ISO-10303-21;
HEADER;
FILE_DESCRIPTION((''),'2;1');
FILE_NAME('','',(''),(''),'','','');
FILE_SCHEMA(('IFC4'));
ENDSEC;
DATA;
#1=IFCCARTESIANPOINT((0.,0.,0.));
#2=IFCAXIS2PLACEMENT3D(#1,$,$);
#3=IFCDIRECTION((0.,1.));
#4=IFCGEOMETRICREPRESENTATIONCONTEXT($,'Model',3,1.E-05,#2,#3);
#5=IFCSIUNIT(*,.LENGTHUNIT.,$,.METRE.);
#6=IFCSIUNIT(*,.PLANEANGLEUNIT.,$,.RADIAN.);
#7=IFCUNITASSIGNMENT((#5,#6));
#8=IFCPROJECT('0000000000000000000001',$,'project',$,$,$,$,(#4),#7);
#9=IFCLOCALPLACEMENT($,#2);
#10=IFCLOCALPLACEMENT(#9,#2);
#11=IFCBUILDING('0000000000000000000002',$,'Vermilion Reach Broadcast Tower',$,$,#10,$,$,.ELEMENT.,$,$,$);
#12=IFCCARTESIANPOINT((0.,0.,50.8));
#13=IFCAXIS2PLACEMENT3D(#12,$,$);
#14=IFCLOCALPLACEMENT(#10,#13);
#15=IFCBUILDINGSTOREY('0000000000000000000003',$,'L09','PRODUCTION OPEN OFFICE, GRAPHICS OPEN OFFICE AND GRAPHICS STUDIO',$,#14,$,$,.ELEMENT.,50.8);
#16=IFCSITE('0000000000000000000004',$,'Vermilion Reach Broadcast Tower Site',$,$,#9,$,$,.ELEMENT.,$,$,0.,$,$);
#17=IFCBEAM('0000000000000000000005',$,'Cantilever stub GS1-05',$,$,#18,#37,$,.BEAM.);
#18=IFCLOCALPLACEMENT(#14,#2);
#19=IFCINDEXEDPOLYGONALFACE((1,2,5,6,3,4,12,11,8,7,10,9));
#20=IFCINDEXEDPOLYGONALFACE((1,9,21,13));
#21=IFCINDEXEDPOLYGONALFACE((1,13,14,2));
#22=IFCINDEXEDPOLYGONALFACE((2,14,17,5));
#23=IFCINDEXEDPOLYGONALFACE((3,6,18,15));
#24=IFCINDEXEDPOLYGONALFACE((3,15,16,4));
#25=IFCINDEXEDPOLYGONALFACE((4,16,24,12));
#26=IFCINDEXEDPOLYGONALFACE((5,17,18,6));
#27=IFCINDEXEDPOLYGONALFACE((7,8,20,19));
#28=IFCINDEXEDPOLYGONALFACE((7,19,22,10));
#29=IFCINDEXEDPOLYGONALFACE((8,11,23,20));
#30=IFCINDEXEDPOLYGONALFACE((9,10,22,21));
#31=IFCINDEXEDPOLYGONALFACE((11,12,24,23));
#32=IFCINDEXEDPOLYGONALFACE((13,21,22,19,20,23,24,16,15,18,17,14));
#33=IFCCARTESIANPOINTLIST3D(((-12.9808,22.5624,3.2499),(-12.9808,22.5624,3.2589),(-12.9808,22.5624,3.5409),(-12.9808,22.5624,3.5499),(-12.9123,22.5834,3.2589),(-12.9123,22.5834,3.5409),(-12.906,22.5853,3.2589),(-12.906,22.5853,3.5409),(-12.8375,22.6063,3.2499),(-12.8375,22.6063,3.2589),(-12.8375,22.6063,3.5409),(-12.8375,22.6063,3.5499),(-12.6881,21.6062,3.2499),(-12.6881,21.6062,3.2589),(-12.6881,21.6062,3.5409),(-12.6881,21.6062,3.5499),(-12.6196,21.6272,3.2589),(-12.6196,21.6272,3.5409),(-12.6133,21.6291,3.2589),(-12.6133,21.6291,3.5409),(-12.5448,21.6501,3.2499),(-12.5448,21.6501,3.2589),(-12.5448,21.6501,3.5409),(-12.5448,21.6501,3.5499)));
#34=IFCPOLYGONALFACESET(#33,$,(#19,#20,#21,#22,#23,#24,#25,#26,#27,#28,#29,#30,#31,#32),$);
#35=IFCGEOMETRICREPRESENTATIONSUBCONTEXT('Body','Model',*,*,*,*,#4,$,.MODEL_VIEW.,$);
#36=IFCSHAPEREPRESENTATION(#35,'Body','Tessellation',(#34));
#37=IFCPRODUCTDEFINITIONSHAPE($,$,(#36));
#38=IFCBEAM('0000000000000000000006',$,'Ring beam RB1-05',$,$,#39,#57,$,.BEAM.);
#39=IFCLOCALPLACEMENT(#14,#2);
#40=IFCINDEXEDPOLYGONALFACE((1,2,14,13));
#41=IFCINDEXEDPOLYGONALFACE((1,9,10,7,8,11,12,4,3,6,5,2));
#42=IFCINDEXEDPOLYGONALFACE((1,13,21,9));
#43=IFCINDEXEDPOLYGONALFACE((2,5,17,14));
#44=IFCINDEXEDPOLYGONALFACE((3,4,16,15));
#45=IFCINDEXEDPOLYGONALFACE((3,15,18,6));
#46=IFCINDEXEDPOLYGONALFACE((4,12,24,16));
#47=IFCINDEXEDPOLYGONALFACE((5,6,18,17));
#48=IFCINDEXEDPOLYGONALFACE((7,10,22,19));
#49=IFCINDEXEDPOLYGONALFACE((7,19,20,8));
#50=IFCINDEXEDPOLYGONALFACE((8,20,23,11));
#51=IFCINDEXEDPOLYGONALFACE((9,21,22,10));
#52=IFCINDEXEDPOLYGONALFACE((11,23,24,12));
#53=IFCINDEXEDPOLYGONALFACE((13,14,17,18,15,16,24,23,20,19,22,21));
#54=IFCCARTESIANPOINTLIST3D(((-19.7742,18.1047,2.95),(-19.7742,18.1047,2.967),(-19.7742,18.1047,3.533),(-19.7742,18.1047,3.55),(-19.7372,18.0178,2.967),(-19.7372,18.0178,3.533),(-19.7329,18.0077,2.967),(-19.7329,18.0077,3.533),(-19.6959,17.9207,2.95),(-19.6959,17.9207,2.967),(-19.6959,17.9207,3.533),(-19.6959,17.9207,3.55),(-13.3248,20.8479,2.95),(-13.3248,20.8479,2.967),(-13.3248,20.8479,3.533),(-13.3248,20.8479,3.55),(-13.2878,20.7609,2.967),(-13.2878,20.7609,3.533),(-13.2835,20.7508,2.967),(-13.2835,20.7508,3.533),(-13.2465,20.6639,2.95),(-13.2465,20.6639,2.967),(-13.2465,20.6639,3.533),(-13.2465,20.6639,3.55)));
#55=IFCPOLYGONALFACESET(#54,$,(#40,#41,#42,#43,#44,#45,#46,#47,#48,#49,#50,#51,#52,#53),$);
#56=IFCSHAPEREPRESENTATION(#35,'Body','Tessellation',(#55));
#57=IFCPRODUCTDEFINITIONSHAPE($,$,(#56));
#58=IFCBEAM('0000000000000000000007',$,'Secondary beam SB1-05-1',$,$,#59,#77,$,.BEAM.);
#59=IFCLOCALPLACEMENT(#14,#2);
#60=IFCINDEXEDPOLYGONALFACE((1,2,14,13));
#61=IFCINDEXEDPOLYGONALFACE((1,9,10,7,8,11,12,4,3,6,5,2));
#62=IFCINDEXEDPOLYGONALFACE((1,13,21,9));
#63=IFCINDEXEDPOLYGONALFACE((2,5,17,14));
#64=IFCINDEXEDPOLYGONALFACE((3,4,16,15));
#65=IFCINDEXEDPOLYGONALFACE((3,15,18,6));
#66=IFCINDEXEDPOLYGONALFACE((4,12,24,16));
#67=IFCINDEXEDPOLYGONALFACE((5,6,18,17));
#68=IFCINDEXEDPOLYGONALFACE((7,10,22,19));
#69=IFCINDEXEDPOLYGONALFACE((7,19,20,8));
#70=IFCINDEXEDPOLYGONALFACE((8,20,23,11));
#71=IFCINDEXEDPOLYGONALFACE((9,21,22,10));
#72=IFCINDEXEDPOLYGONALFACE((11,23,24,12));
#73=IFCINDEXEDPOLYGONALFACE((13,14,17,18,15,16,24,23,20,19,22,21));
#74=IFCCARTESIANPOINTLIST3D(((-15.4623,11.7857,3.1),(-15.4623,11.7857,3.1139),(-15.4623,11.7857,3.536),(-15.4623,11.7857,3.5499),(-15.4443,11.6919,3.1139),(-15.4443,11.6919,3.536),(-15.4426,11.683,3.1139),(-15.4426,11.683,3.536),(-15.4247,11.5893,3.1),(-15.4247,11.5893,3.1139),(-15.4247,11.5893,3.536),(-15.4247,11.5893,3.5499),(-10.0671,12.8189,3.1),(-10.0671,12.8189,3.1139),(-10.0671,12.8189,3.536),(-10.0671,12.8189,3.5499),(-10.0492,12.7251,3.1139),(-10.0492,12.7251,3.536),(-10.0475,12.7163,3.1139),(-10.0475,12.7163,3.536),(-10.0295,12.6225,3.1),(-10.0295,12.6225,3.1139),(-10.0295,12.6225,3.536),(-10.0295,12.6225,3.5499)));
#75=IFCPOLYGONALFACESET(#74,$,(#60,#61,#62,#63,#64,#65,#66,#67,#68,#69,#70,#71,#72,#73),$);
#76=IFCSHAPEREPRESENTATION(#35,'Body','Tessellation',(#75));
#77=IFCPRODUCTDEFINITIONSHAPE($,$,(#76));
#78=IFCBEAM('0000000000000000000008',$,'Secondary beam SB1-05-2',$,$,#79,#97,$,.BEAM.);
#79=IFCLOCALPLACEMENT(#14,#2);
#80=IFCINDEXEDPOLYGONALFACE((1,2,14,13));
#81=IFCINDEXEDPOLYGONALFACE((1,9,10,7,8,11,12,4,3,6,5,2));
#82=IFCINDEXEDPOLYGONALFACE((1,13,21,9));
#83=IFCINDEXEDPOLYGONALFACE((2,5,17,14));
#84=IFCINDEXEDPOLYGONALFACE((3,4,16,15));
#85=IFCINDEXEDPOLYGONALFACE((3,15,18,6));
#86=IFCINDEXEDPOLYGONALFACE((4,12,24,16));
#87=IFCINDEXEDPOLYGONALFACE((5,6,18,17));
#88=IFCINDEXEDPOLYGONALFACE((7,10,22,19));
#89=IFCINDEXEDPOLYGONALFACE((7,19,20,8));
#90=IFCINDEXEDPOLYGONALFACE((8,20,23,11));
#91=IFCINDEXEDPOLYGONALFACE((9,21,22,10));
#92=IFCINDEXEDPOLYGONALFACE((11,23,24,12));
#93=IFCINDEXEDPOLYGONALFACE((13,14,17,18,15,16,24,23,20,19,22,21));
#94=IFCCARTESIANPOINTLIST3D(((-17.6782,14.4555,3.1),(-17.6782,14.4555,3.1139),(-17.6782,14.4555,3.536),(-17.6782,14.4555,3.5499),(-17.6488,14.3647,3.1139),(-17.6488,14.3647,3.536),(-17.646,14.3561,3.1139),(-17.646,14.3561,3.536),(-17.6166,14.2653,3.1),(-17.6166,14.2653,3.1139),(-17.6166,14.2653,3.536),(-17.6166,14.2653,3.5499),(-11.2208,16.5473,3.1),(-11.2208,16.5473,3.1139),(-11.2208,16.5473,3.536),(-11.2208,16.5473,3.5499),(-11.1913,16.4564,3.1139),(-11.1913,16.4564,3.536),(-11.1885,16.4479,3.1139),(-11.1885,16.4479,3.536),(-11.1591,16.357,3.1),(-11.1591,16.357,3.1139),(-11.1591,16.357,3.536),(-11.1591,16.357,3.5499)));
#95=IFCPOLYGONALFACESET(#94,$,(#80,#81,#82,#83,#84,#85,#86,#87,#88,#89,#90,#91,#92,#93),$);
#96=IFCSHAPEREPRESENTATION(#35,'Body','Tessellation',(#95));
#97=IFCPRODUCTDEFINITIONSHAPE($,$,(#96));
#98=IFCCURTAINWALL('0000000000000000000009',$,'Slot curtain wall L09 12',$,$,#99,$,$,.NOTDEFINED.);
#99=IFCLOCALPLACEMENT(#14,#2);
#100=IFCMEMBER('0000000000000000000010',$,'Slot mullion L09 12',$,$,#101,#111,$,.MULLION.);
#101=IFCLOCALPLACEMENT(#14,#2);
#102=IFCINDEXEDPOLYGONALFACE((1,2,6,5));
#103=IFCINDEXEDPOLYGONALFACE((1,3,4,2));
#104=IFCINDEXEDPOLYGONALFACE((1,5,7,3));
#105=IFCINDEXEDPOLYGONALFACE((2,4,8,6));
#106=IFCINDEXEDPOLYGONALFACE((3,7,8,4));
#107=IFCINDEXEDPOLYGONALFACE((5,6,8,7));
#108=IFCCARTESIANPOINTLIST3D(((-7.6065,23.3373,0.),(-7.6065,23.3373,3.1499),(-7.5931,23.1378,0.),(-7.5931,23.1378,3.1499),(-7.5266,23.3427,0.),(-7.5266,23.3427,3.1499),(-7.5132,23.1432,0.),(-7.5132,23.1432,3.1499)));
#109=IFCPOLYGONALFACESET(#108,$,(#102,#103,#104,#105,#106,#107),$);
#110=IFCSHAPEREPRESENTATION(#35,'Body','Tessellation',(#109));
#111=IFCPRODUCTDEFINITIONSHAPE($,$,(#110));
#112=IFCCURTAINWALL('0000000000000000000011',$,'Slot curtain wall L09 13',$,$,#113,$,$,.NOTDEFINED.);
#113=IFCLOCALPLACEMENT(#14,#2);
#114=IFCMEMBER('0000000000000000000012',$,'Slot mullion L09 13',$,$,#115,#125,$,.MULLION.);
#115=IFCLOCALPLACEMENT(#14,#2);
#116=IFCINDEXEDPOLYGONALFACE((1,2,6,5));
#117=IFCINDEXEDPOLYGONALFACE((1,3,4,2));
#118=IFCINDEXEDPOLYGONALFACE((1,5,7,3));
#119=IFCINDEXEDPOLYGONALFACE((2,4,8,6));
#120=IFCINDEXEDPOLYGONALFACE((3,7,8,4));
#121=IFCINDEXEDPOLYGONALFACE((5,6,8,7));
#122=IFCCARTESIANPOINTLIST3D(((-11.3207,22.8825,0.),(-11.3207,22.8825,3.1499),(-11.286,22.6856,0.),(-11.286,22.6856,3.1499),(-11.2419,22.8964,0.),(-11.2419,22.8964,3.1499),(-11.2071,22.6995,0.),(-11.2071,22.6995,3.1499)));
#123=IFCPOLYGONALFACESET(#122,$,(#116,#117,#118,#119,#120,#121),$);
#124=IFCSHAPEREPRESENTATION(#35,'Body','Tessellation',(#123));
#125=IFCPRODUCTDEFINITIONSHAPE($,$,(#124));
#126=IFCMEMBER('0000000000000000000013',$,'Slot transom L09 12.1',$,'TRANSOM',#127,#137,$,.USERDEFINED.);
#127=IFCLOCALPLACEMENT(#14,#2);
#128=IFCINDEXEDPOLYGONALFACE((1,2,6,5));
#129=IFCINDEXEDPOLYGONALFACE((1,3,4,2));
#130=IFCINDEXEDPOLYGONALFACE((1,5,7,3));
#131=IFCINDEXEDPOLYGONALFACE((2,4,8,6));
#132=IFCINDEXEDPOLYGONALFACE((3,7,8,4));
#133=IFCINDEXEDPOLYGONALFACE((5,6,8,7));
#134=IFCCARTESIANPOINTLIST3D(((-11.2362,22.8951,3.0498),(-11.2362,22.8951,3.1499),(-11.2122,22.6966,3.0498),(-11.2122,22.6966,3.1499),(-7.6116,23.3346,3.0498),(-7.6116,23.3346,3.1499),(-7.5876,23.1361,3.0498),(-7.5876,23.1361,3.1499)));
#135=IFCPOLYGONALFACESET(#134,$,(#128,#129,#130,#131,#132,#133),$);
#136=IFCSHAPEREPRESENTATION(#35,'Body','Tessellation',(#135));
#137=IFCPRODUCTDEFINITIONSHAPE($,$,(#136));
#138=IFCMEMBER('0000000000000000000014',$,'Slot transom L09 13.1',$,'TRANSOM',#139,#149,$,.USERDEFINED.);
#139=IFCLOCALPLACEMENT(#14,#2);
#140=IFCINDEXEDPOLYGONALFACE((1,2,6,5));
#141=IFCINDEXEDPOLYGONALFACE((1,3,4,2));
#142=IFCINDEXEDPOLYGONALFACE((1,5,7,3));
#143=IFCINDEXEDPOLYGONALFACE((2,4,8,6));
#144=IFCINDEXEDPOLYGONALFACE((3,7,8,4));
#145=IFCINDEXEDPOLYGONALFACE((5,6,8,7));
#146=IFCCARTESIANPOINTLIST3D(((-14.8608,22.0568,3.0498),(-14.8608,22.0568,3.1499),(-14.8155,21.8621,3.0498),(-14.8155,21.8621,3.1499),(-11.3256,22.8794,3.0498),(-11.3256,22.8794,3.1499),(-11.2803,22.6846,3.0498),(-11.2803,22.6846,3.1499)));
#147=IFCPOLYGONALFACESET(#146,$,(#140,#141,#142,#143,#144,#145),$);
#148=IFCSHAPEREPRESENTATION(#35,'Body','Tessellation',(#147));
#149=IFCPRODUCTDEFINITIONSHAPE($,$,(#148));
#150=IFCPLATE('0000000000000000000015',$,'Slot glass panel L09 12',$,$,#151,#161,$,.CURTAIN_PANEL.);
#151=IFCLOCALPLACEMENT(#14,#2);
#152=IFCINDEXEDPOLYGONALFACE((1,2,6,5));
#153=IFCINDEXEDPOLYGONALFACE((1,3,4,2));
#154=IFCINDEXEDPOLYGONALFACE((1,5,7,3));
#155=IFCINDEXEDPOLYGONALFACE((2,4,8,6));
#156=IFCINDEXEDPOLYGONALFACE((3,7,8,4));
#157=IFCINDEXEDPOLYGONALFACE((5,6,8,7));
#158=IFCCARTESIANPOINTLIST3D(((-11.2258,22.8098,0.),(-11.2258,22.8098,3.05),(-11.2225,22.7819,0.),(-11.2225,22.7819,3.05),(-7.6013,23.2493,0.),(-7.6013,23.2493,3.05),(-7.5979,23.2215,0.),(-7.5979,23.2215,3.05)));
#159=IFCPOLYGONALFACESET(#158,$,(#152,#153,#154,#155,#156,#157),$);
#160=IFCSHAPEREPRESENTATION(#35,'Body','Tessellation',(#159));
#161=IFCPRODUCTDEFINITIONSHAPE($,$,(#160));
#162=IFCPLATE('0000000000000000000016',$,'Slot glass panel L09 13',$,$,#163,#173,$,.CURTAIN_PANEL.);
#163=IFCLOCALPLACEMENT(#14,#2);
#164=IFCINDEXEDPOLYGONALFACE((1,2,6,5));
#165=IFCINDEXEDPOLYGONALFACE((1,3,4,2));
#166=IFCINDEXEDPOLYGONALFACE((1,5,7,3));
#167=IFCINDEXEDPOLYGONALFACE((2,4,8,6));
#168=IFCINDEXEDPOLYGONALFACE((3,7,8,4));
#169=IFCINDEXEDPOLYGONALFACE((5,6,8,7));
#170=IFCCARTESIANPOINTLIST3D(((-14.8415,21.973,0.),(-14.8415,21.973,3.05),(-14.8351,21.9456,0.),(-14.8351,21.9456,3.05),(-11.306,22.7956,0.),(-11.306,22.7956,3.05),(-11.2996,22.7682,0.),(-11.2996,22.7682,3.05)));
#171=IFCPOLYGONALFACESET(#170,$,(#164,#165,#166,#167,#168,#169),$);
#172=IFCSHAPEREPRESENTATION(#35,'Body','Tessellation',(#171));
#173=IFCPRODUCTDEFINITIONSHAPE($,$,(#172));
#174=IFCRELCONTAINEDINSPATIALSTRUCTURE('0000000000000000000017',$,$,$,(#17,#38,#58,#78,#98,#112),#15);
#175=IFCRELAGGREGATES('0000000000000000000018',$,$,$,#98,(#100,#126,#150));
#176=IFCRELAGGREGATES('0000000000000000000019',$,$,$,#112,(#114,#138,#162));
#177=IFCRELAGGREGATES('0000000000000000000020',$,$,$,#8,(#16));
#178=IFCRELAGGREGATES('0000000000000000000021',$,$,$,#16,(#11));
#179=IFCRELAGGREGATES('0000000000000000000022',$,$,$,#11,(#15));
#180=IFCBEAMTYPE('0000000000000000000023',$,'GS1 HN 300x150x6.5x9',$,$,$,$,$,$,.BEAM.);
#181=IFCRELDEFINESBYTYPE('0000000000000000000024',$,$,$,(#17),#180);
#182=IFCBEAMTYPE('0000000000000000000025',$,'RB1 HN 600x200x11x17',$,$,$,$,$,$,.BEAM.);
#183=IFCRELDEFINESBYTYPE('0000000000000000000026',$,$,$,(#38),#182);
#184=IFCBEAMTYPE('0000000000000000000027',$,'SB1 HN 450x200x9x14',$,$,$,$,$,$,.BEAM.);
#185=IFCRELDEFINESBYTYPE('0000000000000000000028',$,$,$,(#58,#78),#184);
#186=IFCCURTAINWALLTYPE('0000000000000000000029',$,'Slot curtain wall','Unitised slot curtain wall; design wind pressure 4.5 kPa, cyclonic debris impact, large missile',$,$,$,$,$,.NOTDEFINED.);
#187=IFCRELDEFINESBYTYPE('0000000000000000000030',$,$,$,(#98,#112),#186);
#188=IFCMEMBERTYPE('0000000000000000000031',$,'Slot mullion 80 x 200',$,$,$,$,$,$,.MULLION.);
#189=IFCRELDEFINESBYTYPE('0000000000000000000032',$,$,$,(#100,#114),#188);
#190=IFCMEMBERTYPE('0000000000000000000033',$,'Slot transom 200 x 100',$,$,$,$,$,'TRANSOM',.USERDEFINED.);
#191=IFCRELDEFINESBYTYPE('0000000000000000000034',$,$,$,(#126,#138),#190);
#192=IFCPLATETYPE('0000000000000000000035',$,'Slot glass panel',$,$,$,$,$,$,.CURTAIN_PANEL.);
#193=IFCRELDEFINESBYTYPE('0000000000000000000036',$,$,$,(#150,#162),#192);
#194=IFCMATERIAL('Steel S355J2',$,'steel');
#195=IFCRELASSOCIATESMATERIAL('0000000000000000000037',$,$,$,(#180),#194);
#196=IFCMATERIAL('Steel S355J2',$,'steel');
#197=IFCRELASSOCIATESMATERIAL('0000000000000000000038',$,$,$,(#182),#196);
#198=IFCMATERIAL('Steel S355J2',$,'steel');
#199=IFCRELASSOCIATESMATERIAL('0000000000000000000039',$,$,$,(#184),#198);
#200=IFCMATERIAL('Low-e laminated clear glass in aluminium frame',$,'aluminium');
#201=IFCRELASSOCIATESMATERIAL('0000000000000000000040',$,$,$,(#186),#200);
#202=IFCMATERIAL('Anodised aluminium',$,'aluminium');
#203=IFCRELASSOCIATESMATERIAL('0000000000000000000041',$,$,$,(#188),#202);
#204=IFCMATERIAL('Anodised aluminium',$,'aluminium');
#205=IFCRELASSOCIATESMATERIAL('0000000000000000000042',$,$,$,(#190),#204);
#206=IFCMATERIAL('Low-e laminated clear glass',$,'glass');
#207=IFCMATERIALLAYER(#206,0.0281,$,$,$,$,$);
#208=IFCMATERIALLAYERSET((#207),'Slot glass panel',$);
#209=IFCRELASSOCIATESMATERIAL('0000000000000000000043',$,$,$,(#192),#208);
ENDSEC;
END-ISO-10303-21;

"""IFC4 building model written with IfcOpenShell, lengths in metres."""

from ifc_helpers import new_model, si_unit, direction, frame, origin, origin_2d, place, context, subcontext, project, spatial, rectangle, i_section, extrude, material, layer, layer_set, material_profile, profile_set, type_object, element, aggregate, save


model = new_model("IFC4")

# Units and contexts
model_context = context("Model", 3, precision=1e-05, world=origin(), true_north=direction((0.0, 1.0)))
body_context = subcontext(model_context, "Body", "Model", "MODEL_VIEW")
ifc_project = project(units=[si_unit("LENGTHUNIT", "METRE"), si_unit("PLANEANGLEUNIT", "RADIAN")], contexts=[model_context])

# Site, building, storey
site_placement = place(None, origin())
site = spatial("IfcSite", under=ifc_project, at=site_placement, Name="Vermilion Reach Broadcast Tower Site", CompositionType="ELEMENT", RefElevation=0.0)
building_placement = place(site_placement, origin())
building = spatial("IfcBuilding", under=site, at=building_placement, Name="Vermilion Reach Broadcast Tower", CompositionType="ELEMENT")
storey_placement = place(building_placement, frame((0.0, 0.0, 50.8)))
storey = spatial("IfcBuildingStorey", under=building, at=storey_placement, Name="L09", Description="PRODUCTION OPEN OFFICE, GRAPHICS OPEN OFFICE AND GRAPHICS STUDIO", CompositionType="ELEMENT", Elevation=50.8)

# Beams
ifc_material_1 = material(Name="Steel S355J2", Category="steel")
ifc_material_profile_1 = material_profile(ifc_material_1, i_section(OverallWidth=0.1499, OverallDepth=0.3, WebThickness=0.0066, FlangeThickness=0.009, at=origin_2d()), Name="S355J2 HN 300x150x6.5x9")
ifc_profile_set_1 = profile_set([ifc_material_profile_1], Name="Steel S355J2")
beam_type_1 = type_object("IfcBeamType", Name="GS1 HN 300x150x6.5x9", PredefinedType="BEAM", material=ifc_profile_set_1)
beam_1_placement = place(storey_placement, frame((-12.6165, 21.6282, 3.3999), z_axis=(-0.292696, 0.956206, 0.0), x_axis=(-0.956206, -0.292696, 0.0)))
element("IfcBeam", 1, at=beam_1_placement, inside=storey, type_object=beam_type_1, Name="Cantilever stub GS1-05", PredefinedType="BEAM", context=body_context, shape_type="SweptSolid", body=[
    extrude(i_section(OverallWidth=0.1499, OverallDepth=0.3, WebThickness=0.0066, FlangeThickness=0.009, at=origin_2d()), origin(), (0.0, 0.0, 1.0), 1.0),
])
ifc_material_2 = material(Name="Steel S355J2", Category="steel")
ifc_material_profile_2 = material_profile(ifc_material_2, i_section(OverallWidth=0.2, OverallDepth=0.6001, WebThickness=0.011, FlangeThickness=0.0171, at=origin_2d()), Name="S355J2 HN 600x200x11x17")
ifc_profile_set_2 = profile_set([ifc_material_profile_2], Name="Steel S355J2")
beam_type_2 = type_object("IfcBeamType", Name="RB1 HN 600x200x11x17", PredefinedType="BEAM", material=ifc_profile_set_2)
beam_2_placement = place(storey_placement, frame((-13.2856, 20.7559, 3.25), z_axis=(-0.920221, -0.3914, 0.0), x_axis=(0.3914, -0.920221, 0.0)))
element("IfcBeam", 2, at=beam_2_placement, inside=storey, type_object=beam_type_2, Name="Ring beam RB1-05", PredefinedType="BEAM", context=body_context, shape_type="SweptSolid", body=[
    extrude(i_section(OverallWidth=0.2, OverallDepth=0.6001, WebThickness=0.011, FlangeThickness=0.0171, at=origin_2d()), origin(), (0.0, 0.0, 1.0), 7.0085),
])
ifc_material_3 = material(Name="Steel S355J2", Category="steel")
ifc_material_profile_3 = material_profile(ifc_material_3, i_section(OverallWidth=0.2, OverallDepth=0.45, WebThickness=0.009, FlangeThickness=0.0139, at=origin_2d()), Name="S355J2 HN 450x200x9x14")
ifc_profile_set_3 = profile_set([ifc_material_profile_3], Name="Steel S355J2")
beam_type_3 = type_object("IfcBeamType", Name="SB1 HN 450x200x9x14", PredefinedType="BEAM", material=ifc_profile_set_3)
beam_3_placement = place(storey_placement, frame((-10.0483, 12.7207, 3.325), z_axis=(-0.982151, -0.188092, 0.0), x_axis=(0.188092, -0.982151, 0.0)))
element("IfcBeam", 3, at=beam_3_placement, inside=storey, type_object=beam_type_3, Name="Secondary beam SB1-05-1", PredefinedType="BEAM", context=body_context, shape_type="SweptSolid", body=[
    extrude(i_section(OverallWidth=0.2, OverallDepth=0.45, WebThickness=0.009, FlangeThickness=0.0139, at=origin_2d()), origin(), (0.0, 0.0, 1.0), 5.4932),
])
beam_4_placement = place(storey_placement, frame((-11.1899, 16.4521, 3.325), z_axis=(-0.951332, -0.308167, 0.0), x_axis=(0.308167, -0.951332, 0.0)))
element("IfcBeam", 4, at=beam_4_placement, inside=storey, type_object=beam_type_3, Name="Secondary beam SB1-05-2", PredefinedType="BEAM", context=body_context, shape_type="SweptSolid", body=[
    extrude(i_section(OverallWidth=0.2, OverallDepth=0.45, WebThickness=0.009, FlangeThickness=0.0139, at=origin_2d()), origin(), (0.0, 0.0, 1.0), 6.7878),
])

# Curtain walls, members
ifc_material_4 = material(Name="Low-e laminated clear glass in aluminium frame", Category="aluminium")
curtain_wall_type = type_object("IfcCurtainWallType", Name="Slot curtain wall", Description="Unitised slot curtain wall; design wind pressure 4.5 kPa, cyclonic debris impact, large missile", PredefinedType="NOTDEFINED", material=ifc_material_4)
placement = place(storey_placement, origin())
curtain_wall_1 = element("IfcCurtainWall", 5, at=placement, inside=storey, type_object=curtain_wall_type, Name="Slot curtain wall L09 12", PredefinedType="NOTDEFINED")
ifc_material_5 = material(Name="Anodised aluminium", Category="aluminium")
ifc_material_profile_4 = material_profile(ifc_material_5, rectangle(XDim=0.2, YDim=0.0801, at=origin_2d()), Name="Slot mullion 80 x 200")
ifc_profile_set_4 = profile_set([ifc_material_profile_4], Name="Anodised aluminium")
member_type_1 = type_object("IfcMemberType", Name="Slot mullion 80 x 200", PredefinedType="MULLION", material=ifc_profile_set_4)
member_1_placement = place(storey_placement, frame((-7.5598, 23.2402, 0.0), z_axis=(0.0, 0.0, 1.0), x_axis=(0.066971, -0.997755, 0.0)))
member_1 = element("IfcMember", 6, at=member_1_placement, type_object=member_type_1, Name="Slot mullion L09 12", PredefinedType="MULLION", context=body_context, shape_type="SweptSolid", body=[
    extrude(rectangle(XDim=0.2, YDim=0.0801, at=origin_2d()), origin(), (0.0, 0.0, 1.0), 3.1499),
])
curtain_wall_2 = element("IfcCurtainWall", 7, at=placement, inside=storey, type_object=curtain_wall_type, Name="Slot curtain wall L09 13", PredefinedType="NOTDEFINED")
member_2_placement = place(storey_placement, frame((-11.2639, 22.791, 0.0), z_axis=(0.0, 0.0, 1.0), x_axis=(0.17375, -0.98479, 0.0)))
member_2 = element("IfcMember", 8, at=member_2_placement, type_object=member_type_1, Name="Slot mullion L09 13", PredefinedType="MULLION", context=body_context, shape_type="SweptSolid", body=[
    extrude(rectangle(XDim=0.2, YDim=0.0801, at=origin_2d()), origin(), (0.0, 0.0, 1.0), 3.1499),
])

# Members
ifc_material_6 = material(Name="Anodised aluminium", Category="aluminium")
ifc_material_profile_5 = material_profile(ifc_material_6, rectangle(XDim=0.2, YDim=0.1001, at=origin_2d()), Name="Slot transom 200 x 100")
ifc_profile_set_5 = profile_set([ifc_material_profile_5], Name="Anodised aluminium")
member_type_2 = type_object("IfcMemberType", Name="Slot transom 200 x 100", ElementType="TRANSOM", PredefinedType="USERDEFINED", material=ifc_profile_set_5)
member_3_placement = place(storey_placement, frame((-7.5996, 23.2354, 3.0999), z_axis=(-0.99273, -0.120363, 0.0), x_axis=(0.120363, -0.99273, 0.0)))
member_3 = element("IfcMember", 9, at=member_3_placement, type_object=member_type_2, Name="Slot transom L09 12.1", ObjectType="TRANSOM", PredefinedType="USERDEFINED", context=body_context, shape_type="SweptSolid", body=[
    extrude(rectangle(XDim=0.2, YDim=0.1001, at=origin_2d()), origin(), (0.0, 0.0, 1.0), 3.6511),
])
member_4_placement = place(storey_placement, frame((-11.303, 22.782, 3.0999), z_axis=(-0.973985, -0.226613, 0.0), x_axis=(0.226613, -0.973985, 0.0)))
member_4 = element("IfcMember", 10, at=member_4_placement, type_object=member_type_2, Name="Slot transom L09 13.1", ObjectType="TRANSOM", PredefinedType="USERDEFINED", context=body_context, shape_type="SweptSolid", body=[
    extrude(rectangle(XDim=0.2, YDim=0.1001, at=origin_2d()), origin(), (0.0, 0.0, 1.0), 3.6296),
])

# Plates
ifc_material_7 = material(Name="Low-e laminated clear glass", Category="glass")
ifc_layer_1 = layer(ifc_material_7, 0.0281)
ifc_layer_set_1 = layer_set([ifc_layer_1], Name="Slot glass panel")
plate_type = type_object("IfcPlateType", Name="Slot glass panel", PredefinedType="CURTAIN_PANEL", material=ifc_layer_set_1)
plate_1_placement = place(storey_placement, frame((-9.4119, 23.0156, 0.0), z_axis=(0.0, 0.0, 1.0), x_axis=(-0.992727, -0.120385, 0.0)))
plate_1 = element("IfcPlate", 11, at=plate_1_placement, type_object=plate_type, Name="Slot glass panel L09 12", PredefinedType="CURTAIN_PANEL", context=body_context, shape_type="SweptSolid", body=[
    extrude(rectangle(XDim=3.6511, YDim=0.0281, at=origin_2d()), origin(), (0.0, 0.0, 1.0), 3.05),
])
aggregate(curtain_wall_1, [member_1, member_3, plate_1])
plate_2_placement = place(storey_placement, frame((-13.0706, 22.3706, 0.0), z_axis=(0.0, 0.0, 1.0), x_axis=(-0.973986, -0.226609, 0.0)))
plate_2 = element("IfcPlate", 12, at=plate_2_placement, type_object=plate_type, Name="Slot glass panel L09 13", PredefinedType="CURTAIN_PANEL", context=body_context, shape_type="SweptSolid", body=[
    extrude(rectangle(XDim=3.6299, YDim=0.0281, at=origin_2d()), origin(), (0.0, 0.0, 1.0), 3.05),
])
aggregate(curtain_wall_2, [member_2, member_4, plate_2])

save(model, "model.ifc")
